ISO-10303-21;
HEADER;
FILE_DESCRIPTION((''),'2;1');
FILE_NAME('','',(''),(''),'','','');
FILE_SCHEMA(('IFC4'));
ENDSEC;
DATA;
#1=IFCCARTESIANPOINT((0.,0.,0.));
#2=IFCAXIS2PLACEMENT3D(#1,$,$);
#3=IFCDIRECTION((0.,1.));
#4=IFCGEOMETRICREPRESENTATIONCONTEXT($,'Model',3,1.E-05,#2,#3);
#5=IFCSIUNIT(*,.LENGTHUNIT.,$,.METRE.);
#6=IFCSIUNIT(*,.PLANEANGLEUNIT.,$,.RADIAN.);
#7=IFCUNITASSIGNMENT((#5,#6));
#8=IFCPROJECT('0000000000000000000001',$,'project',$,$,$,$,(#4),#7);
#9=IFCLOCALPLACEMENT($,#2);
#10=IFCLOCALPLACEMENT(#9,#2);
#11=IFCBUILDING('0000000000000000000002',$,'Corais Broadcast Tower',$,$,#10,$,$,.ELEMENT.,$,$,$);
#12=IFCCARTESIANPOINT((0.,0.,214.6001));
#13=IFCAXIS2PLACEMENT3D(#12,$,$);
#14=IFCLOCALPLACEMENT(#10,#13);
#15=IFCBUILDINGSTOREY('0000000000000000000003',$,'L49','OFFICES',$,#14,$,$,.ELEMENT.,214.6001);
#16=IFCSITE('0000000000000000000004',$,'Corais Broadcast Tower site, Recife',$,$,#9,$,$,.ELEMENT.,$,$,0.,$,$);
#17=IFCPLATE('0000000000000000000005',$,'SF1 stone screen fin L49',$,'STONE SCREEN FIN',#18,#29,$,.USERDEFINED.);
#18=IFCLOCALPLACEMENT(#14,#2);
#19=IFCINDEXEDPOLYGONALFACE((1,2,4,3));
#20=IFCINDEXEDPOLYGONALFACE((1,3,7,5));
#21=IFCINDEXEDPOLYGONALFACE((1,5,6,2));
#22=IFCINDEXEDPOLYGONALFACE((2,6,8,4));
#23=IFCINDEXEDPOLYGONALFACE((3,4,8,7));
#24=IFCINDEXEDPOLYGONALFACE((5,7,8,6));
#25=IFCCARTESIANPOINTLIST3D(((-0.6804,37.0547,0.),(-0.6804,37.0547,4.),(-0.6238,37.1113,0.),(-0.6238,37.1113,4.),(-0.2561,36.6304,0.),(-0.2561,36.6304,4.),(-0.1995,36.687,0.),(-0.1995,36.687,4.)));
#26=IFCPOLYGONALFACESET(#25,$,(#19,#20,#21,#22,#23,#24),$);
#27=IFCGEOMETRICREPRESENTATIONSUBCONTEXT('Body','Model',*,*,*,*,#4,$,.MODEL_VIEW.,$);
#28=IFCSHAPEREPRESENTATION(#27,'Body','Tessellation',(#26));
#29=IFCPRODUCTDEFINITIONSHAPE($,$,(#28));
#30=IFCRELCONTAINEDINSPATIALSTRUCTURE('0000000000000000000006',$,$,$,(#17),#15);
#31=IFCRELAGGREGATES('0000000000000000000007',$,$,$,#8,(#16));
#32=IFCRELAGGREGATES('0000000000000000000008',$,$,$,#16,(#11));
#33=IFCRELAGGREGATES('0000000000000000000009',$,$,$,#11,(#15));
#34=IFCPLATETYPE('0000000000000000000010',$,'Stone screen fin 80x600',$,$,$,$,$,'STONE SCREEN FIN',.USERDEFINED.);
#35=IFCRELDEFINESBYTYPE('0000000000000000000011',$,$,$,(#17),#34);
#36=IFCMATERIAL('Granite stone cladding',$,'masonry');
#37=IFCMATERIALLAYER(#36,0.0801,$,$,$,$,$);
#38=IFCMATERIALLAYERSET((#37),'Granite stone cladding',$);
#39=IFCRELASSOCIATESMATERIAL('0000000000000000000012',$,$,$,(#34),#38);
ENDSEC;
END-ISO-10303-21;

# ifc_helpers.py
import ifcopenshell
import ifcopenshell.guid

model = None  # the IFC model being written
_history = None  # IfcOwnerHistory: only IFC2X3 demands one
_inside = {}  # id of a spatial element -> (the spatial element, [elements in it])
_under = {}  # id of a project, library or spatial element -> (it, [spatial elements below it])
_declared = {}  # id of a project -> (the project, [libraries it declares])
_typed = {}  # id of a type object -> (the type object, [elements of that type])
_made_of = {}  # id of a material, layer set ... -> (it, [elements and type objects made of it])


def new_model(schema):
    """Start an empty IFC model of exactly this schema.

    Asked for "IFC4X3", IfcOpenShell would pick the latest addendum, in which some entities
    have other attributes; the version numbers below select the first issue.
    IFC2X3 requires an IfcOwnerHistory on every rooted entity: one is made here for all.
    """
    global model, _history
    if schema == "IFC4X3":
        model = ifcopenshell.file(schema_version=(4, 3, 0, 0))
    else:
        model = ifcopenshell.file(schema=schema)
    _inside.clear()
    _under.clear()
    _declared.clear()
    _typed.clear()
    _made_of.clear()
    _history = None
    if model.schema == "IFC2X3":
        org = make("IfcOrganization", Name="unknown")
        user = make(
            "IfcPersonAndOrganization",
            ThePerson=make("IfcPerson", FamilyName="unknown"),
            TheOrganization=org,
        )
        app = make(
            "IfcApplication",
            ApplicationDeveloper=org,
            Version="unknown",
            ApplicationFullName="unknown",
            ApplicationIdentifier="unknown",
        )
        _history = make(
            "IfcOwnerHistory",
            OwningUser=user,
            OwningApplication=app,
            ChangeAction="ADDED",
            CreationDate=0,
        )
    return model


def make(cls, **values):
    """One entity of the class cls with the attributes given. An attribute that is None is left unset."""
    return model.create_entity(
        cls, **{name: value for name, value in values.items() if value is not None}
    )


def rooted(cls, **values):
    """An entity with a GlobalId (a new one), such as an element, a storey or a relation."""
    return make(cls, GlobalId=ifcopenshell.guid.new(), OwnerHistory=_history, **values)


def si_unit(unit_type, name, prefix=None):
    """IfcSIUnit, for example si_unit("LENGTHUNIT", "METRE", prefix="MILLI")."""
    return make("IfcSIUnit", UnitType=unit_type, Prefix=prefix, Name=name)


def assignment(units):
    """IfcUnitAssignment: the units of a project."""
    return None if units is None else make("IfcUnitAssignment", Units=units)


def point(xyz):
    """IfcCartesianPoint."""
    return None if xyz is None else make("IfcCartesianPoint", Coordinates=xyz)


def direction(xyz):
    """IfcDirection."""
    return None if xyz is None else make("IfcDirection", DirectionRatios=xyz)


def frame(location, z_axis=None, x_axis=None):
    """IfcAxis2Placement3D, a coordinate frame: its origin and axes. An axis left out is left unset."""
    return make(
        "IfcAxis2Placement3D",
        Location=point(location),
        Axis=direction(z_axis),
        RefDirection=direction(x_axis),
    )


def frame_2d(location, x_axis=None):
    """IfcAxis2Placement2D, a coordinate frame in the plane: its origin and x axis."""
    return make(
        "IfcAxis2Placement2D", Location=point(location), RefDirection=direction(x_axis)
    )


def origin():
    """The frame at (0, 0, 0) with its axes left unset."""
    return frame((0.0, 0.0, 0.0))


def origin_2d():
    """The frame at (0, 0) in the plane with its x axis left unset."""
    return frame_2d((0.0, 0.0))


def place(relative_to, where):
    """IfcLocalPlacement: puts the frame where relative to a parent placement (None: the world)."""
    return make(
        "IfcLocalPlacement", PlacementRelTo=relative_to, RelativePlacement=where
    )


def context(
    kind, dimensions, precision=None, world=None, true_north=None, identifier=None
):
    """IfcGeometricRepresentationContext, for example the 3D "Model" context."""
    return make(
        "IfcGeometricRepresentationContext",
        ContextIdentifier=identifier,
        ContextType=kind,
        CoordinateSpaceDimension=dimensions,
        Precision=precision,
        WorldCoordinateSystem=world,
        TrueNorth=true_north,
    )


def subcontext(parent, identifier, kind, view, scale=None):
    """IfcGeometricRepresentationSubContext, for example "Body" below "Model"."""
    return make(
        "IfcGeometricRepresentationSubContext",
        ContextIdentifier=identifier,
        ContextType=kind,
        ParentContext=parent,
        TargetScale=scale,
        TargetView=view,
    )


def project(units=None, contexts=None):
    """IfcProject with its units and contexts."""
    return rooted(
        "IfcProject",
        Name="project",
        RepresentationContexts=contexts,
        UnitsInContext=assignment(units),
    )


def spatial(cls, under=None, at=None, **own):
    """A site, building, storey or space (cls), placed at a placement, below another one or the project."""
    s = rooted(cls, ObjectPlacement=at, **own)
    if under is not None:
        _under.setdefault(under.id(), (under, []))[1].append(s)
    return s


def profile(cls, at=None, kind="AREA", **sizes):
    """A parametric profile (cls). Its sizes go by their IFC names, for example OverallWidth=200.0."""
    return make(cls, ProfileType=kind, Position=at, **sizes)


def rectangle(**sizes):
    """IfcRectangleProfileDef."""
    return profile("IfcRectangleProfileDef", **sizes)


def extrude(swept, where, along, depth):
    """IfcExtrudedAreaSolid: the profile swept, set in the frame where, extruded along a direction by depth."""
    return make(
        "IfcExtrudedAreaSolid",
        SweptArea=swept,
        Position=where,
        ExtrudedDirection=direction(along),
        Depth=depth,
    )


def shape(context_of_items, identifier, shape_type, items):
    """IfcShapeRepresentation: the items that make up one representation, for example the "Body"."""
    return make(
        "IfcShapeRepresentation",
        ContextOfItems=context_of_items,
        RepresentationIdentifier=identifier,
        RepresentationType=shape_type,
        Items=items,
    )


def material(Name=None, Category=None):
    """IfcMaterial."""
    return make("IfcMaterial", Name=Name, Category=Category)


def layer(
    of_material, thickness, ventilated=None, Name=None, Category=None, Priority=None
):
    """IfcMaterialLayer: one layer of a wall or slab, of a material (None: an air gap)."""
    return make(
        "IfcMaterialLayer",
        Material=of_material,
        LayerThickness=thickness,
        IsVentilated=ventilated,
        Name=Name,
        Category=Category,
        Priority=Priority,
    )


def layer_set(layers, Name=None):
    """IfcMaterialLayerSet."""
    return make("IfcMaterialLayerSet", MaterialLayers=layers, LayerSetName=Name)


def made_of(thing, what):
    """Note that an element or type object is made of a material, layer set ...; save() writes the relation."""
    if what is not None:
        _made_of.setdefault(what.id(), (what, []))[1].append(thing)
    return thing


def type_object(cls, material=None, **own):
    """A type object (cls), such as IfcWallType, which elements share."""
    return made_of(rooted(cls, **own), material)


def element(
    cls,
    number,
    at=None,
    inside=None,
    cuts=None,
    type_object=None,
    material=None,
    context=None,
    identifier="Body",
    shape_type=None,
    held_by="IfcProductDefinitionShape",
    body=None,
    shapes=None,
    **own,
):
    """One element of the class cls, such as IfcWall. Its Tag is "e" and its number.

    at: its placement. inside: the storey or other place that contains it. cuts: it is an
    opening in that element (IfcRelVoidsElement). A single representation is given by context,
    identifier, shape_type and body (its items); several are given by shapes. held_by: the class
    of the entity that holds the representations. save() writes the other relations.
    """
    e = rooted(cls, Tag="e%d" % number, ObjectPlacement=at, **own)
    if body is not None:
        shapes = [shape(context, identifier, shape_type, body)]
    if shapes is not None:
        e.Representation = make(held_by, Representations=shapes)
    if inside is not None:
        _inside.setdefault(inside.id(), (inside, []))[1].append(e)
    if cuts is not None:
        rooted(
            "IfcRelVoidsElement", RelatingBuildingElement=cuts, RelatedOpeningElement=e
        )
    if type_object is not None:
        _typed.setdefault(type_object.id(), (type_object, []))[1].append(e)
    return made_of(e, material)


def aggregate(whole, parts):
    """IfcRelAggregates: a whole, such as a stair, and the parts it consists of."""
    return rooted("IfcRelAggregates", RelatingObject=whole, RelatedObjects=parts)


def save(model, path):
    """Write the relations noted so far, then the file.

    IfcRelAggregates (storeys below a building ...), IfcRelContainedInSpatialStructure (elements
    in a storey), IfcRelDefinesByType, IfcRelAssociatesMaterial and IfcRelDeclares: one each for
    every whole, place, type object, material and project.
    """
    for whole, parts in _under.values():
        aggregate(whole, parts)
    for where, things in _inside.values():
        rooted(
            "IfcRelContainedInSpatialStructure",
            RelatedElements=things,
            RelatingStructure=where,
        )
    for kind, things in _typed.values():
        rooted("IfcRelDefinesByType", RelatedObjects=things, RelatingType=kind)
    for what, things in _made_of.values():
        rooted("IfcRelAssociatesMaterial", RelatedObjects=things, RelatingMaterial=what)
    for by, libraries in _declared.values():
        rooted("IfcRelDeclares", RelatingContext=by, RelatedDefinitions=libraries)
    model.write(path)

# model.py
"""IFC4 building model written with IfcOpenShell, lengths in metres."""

from ifc_helpers import new_model, si_unit, direction, frame, origin, origin_2d, place, context, subcontext, project, spatial, rectangle, extrude, material, layer, layer_set, type_object, element, save


model = new_model("IFC4")

# Units and contexts
model_context = context("Model", 3, precision=1e-05, world=origin(), true_north=direction((0.0, 1.0)))
body_context = subcontext(model_context, "Body", "Model", "MODEL_VIEW")
ifc_project = project(units=[si_unit("LENGTHUNIT", "METRE"), si_unit("PLANEANGLEUNIT", "RADIAN")], contexts=[model_context])

# Site, building, storey
site_placement = place(None, origin())
site = spatial("IfcSite", under=ifc_project, at=site_placement, Name="Corais Broadcast Tower site, Recife", CompositionType="ELEMENT", RefElevation=0.0)
building_placement = place(site_placement, origin())
building = spatial("IfcBuilding", under=site, at=building_placement, Name="Corais Broadcast Tower", CompositionType="ELEMENT")
storey_placement = place(building_placement, frame((0.0, 0.0, 214.6001)))
storey = spatial("IfcBuildingStorey", under=building, at=storey_placement, Name="L49", Description="OFFICES", CompositionType="ELEMENT", Elevation=214.6001)

# Plate
ifc_material_1 = material(Name="Granite stone cladding", Category="masonry")
ifc_layer_1 = layer(ifc_material_1, 0.0801)
ifc_layer_set_1 = layer_set([ifc_layer_1], Name="Granite stone cladding")
plate_type_1 = type_object("IfcPlateType", Name="Stone screen fin 80x600", ElementType="STONE SCREEN FIN", PredefinedType="USERDEFINED", material=ifc_layer_set_1)
plate_1_placement = place(storey_placement, frame((-0.4399, 36.8708, 0.0), z_axis=(0.0, 0.0, 1.0), x_axis=(0.707107, 0.707107, 0.0)))
element("IfcPlate", 1, at=plate_1_placement, inside=storey, type_object=plate_type_1, Name="SF1 stone screen fin L49", ObjectType="STONE SCREEN FIN", PredefinedType="USERDEFINED", context=body_context, shape_type="SweptSolid", body=[
    extrude(rectangle(XDim=0.0801, YDim=0.6001, at=origin_2d()), origin(), (0.0, 0.0, 1.0), 4.0),
])

save(model, "model.ifc")
